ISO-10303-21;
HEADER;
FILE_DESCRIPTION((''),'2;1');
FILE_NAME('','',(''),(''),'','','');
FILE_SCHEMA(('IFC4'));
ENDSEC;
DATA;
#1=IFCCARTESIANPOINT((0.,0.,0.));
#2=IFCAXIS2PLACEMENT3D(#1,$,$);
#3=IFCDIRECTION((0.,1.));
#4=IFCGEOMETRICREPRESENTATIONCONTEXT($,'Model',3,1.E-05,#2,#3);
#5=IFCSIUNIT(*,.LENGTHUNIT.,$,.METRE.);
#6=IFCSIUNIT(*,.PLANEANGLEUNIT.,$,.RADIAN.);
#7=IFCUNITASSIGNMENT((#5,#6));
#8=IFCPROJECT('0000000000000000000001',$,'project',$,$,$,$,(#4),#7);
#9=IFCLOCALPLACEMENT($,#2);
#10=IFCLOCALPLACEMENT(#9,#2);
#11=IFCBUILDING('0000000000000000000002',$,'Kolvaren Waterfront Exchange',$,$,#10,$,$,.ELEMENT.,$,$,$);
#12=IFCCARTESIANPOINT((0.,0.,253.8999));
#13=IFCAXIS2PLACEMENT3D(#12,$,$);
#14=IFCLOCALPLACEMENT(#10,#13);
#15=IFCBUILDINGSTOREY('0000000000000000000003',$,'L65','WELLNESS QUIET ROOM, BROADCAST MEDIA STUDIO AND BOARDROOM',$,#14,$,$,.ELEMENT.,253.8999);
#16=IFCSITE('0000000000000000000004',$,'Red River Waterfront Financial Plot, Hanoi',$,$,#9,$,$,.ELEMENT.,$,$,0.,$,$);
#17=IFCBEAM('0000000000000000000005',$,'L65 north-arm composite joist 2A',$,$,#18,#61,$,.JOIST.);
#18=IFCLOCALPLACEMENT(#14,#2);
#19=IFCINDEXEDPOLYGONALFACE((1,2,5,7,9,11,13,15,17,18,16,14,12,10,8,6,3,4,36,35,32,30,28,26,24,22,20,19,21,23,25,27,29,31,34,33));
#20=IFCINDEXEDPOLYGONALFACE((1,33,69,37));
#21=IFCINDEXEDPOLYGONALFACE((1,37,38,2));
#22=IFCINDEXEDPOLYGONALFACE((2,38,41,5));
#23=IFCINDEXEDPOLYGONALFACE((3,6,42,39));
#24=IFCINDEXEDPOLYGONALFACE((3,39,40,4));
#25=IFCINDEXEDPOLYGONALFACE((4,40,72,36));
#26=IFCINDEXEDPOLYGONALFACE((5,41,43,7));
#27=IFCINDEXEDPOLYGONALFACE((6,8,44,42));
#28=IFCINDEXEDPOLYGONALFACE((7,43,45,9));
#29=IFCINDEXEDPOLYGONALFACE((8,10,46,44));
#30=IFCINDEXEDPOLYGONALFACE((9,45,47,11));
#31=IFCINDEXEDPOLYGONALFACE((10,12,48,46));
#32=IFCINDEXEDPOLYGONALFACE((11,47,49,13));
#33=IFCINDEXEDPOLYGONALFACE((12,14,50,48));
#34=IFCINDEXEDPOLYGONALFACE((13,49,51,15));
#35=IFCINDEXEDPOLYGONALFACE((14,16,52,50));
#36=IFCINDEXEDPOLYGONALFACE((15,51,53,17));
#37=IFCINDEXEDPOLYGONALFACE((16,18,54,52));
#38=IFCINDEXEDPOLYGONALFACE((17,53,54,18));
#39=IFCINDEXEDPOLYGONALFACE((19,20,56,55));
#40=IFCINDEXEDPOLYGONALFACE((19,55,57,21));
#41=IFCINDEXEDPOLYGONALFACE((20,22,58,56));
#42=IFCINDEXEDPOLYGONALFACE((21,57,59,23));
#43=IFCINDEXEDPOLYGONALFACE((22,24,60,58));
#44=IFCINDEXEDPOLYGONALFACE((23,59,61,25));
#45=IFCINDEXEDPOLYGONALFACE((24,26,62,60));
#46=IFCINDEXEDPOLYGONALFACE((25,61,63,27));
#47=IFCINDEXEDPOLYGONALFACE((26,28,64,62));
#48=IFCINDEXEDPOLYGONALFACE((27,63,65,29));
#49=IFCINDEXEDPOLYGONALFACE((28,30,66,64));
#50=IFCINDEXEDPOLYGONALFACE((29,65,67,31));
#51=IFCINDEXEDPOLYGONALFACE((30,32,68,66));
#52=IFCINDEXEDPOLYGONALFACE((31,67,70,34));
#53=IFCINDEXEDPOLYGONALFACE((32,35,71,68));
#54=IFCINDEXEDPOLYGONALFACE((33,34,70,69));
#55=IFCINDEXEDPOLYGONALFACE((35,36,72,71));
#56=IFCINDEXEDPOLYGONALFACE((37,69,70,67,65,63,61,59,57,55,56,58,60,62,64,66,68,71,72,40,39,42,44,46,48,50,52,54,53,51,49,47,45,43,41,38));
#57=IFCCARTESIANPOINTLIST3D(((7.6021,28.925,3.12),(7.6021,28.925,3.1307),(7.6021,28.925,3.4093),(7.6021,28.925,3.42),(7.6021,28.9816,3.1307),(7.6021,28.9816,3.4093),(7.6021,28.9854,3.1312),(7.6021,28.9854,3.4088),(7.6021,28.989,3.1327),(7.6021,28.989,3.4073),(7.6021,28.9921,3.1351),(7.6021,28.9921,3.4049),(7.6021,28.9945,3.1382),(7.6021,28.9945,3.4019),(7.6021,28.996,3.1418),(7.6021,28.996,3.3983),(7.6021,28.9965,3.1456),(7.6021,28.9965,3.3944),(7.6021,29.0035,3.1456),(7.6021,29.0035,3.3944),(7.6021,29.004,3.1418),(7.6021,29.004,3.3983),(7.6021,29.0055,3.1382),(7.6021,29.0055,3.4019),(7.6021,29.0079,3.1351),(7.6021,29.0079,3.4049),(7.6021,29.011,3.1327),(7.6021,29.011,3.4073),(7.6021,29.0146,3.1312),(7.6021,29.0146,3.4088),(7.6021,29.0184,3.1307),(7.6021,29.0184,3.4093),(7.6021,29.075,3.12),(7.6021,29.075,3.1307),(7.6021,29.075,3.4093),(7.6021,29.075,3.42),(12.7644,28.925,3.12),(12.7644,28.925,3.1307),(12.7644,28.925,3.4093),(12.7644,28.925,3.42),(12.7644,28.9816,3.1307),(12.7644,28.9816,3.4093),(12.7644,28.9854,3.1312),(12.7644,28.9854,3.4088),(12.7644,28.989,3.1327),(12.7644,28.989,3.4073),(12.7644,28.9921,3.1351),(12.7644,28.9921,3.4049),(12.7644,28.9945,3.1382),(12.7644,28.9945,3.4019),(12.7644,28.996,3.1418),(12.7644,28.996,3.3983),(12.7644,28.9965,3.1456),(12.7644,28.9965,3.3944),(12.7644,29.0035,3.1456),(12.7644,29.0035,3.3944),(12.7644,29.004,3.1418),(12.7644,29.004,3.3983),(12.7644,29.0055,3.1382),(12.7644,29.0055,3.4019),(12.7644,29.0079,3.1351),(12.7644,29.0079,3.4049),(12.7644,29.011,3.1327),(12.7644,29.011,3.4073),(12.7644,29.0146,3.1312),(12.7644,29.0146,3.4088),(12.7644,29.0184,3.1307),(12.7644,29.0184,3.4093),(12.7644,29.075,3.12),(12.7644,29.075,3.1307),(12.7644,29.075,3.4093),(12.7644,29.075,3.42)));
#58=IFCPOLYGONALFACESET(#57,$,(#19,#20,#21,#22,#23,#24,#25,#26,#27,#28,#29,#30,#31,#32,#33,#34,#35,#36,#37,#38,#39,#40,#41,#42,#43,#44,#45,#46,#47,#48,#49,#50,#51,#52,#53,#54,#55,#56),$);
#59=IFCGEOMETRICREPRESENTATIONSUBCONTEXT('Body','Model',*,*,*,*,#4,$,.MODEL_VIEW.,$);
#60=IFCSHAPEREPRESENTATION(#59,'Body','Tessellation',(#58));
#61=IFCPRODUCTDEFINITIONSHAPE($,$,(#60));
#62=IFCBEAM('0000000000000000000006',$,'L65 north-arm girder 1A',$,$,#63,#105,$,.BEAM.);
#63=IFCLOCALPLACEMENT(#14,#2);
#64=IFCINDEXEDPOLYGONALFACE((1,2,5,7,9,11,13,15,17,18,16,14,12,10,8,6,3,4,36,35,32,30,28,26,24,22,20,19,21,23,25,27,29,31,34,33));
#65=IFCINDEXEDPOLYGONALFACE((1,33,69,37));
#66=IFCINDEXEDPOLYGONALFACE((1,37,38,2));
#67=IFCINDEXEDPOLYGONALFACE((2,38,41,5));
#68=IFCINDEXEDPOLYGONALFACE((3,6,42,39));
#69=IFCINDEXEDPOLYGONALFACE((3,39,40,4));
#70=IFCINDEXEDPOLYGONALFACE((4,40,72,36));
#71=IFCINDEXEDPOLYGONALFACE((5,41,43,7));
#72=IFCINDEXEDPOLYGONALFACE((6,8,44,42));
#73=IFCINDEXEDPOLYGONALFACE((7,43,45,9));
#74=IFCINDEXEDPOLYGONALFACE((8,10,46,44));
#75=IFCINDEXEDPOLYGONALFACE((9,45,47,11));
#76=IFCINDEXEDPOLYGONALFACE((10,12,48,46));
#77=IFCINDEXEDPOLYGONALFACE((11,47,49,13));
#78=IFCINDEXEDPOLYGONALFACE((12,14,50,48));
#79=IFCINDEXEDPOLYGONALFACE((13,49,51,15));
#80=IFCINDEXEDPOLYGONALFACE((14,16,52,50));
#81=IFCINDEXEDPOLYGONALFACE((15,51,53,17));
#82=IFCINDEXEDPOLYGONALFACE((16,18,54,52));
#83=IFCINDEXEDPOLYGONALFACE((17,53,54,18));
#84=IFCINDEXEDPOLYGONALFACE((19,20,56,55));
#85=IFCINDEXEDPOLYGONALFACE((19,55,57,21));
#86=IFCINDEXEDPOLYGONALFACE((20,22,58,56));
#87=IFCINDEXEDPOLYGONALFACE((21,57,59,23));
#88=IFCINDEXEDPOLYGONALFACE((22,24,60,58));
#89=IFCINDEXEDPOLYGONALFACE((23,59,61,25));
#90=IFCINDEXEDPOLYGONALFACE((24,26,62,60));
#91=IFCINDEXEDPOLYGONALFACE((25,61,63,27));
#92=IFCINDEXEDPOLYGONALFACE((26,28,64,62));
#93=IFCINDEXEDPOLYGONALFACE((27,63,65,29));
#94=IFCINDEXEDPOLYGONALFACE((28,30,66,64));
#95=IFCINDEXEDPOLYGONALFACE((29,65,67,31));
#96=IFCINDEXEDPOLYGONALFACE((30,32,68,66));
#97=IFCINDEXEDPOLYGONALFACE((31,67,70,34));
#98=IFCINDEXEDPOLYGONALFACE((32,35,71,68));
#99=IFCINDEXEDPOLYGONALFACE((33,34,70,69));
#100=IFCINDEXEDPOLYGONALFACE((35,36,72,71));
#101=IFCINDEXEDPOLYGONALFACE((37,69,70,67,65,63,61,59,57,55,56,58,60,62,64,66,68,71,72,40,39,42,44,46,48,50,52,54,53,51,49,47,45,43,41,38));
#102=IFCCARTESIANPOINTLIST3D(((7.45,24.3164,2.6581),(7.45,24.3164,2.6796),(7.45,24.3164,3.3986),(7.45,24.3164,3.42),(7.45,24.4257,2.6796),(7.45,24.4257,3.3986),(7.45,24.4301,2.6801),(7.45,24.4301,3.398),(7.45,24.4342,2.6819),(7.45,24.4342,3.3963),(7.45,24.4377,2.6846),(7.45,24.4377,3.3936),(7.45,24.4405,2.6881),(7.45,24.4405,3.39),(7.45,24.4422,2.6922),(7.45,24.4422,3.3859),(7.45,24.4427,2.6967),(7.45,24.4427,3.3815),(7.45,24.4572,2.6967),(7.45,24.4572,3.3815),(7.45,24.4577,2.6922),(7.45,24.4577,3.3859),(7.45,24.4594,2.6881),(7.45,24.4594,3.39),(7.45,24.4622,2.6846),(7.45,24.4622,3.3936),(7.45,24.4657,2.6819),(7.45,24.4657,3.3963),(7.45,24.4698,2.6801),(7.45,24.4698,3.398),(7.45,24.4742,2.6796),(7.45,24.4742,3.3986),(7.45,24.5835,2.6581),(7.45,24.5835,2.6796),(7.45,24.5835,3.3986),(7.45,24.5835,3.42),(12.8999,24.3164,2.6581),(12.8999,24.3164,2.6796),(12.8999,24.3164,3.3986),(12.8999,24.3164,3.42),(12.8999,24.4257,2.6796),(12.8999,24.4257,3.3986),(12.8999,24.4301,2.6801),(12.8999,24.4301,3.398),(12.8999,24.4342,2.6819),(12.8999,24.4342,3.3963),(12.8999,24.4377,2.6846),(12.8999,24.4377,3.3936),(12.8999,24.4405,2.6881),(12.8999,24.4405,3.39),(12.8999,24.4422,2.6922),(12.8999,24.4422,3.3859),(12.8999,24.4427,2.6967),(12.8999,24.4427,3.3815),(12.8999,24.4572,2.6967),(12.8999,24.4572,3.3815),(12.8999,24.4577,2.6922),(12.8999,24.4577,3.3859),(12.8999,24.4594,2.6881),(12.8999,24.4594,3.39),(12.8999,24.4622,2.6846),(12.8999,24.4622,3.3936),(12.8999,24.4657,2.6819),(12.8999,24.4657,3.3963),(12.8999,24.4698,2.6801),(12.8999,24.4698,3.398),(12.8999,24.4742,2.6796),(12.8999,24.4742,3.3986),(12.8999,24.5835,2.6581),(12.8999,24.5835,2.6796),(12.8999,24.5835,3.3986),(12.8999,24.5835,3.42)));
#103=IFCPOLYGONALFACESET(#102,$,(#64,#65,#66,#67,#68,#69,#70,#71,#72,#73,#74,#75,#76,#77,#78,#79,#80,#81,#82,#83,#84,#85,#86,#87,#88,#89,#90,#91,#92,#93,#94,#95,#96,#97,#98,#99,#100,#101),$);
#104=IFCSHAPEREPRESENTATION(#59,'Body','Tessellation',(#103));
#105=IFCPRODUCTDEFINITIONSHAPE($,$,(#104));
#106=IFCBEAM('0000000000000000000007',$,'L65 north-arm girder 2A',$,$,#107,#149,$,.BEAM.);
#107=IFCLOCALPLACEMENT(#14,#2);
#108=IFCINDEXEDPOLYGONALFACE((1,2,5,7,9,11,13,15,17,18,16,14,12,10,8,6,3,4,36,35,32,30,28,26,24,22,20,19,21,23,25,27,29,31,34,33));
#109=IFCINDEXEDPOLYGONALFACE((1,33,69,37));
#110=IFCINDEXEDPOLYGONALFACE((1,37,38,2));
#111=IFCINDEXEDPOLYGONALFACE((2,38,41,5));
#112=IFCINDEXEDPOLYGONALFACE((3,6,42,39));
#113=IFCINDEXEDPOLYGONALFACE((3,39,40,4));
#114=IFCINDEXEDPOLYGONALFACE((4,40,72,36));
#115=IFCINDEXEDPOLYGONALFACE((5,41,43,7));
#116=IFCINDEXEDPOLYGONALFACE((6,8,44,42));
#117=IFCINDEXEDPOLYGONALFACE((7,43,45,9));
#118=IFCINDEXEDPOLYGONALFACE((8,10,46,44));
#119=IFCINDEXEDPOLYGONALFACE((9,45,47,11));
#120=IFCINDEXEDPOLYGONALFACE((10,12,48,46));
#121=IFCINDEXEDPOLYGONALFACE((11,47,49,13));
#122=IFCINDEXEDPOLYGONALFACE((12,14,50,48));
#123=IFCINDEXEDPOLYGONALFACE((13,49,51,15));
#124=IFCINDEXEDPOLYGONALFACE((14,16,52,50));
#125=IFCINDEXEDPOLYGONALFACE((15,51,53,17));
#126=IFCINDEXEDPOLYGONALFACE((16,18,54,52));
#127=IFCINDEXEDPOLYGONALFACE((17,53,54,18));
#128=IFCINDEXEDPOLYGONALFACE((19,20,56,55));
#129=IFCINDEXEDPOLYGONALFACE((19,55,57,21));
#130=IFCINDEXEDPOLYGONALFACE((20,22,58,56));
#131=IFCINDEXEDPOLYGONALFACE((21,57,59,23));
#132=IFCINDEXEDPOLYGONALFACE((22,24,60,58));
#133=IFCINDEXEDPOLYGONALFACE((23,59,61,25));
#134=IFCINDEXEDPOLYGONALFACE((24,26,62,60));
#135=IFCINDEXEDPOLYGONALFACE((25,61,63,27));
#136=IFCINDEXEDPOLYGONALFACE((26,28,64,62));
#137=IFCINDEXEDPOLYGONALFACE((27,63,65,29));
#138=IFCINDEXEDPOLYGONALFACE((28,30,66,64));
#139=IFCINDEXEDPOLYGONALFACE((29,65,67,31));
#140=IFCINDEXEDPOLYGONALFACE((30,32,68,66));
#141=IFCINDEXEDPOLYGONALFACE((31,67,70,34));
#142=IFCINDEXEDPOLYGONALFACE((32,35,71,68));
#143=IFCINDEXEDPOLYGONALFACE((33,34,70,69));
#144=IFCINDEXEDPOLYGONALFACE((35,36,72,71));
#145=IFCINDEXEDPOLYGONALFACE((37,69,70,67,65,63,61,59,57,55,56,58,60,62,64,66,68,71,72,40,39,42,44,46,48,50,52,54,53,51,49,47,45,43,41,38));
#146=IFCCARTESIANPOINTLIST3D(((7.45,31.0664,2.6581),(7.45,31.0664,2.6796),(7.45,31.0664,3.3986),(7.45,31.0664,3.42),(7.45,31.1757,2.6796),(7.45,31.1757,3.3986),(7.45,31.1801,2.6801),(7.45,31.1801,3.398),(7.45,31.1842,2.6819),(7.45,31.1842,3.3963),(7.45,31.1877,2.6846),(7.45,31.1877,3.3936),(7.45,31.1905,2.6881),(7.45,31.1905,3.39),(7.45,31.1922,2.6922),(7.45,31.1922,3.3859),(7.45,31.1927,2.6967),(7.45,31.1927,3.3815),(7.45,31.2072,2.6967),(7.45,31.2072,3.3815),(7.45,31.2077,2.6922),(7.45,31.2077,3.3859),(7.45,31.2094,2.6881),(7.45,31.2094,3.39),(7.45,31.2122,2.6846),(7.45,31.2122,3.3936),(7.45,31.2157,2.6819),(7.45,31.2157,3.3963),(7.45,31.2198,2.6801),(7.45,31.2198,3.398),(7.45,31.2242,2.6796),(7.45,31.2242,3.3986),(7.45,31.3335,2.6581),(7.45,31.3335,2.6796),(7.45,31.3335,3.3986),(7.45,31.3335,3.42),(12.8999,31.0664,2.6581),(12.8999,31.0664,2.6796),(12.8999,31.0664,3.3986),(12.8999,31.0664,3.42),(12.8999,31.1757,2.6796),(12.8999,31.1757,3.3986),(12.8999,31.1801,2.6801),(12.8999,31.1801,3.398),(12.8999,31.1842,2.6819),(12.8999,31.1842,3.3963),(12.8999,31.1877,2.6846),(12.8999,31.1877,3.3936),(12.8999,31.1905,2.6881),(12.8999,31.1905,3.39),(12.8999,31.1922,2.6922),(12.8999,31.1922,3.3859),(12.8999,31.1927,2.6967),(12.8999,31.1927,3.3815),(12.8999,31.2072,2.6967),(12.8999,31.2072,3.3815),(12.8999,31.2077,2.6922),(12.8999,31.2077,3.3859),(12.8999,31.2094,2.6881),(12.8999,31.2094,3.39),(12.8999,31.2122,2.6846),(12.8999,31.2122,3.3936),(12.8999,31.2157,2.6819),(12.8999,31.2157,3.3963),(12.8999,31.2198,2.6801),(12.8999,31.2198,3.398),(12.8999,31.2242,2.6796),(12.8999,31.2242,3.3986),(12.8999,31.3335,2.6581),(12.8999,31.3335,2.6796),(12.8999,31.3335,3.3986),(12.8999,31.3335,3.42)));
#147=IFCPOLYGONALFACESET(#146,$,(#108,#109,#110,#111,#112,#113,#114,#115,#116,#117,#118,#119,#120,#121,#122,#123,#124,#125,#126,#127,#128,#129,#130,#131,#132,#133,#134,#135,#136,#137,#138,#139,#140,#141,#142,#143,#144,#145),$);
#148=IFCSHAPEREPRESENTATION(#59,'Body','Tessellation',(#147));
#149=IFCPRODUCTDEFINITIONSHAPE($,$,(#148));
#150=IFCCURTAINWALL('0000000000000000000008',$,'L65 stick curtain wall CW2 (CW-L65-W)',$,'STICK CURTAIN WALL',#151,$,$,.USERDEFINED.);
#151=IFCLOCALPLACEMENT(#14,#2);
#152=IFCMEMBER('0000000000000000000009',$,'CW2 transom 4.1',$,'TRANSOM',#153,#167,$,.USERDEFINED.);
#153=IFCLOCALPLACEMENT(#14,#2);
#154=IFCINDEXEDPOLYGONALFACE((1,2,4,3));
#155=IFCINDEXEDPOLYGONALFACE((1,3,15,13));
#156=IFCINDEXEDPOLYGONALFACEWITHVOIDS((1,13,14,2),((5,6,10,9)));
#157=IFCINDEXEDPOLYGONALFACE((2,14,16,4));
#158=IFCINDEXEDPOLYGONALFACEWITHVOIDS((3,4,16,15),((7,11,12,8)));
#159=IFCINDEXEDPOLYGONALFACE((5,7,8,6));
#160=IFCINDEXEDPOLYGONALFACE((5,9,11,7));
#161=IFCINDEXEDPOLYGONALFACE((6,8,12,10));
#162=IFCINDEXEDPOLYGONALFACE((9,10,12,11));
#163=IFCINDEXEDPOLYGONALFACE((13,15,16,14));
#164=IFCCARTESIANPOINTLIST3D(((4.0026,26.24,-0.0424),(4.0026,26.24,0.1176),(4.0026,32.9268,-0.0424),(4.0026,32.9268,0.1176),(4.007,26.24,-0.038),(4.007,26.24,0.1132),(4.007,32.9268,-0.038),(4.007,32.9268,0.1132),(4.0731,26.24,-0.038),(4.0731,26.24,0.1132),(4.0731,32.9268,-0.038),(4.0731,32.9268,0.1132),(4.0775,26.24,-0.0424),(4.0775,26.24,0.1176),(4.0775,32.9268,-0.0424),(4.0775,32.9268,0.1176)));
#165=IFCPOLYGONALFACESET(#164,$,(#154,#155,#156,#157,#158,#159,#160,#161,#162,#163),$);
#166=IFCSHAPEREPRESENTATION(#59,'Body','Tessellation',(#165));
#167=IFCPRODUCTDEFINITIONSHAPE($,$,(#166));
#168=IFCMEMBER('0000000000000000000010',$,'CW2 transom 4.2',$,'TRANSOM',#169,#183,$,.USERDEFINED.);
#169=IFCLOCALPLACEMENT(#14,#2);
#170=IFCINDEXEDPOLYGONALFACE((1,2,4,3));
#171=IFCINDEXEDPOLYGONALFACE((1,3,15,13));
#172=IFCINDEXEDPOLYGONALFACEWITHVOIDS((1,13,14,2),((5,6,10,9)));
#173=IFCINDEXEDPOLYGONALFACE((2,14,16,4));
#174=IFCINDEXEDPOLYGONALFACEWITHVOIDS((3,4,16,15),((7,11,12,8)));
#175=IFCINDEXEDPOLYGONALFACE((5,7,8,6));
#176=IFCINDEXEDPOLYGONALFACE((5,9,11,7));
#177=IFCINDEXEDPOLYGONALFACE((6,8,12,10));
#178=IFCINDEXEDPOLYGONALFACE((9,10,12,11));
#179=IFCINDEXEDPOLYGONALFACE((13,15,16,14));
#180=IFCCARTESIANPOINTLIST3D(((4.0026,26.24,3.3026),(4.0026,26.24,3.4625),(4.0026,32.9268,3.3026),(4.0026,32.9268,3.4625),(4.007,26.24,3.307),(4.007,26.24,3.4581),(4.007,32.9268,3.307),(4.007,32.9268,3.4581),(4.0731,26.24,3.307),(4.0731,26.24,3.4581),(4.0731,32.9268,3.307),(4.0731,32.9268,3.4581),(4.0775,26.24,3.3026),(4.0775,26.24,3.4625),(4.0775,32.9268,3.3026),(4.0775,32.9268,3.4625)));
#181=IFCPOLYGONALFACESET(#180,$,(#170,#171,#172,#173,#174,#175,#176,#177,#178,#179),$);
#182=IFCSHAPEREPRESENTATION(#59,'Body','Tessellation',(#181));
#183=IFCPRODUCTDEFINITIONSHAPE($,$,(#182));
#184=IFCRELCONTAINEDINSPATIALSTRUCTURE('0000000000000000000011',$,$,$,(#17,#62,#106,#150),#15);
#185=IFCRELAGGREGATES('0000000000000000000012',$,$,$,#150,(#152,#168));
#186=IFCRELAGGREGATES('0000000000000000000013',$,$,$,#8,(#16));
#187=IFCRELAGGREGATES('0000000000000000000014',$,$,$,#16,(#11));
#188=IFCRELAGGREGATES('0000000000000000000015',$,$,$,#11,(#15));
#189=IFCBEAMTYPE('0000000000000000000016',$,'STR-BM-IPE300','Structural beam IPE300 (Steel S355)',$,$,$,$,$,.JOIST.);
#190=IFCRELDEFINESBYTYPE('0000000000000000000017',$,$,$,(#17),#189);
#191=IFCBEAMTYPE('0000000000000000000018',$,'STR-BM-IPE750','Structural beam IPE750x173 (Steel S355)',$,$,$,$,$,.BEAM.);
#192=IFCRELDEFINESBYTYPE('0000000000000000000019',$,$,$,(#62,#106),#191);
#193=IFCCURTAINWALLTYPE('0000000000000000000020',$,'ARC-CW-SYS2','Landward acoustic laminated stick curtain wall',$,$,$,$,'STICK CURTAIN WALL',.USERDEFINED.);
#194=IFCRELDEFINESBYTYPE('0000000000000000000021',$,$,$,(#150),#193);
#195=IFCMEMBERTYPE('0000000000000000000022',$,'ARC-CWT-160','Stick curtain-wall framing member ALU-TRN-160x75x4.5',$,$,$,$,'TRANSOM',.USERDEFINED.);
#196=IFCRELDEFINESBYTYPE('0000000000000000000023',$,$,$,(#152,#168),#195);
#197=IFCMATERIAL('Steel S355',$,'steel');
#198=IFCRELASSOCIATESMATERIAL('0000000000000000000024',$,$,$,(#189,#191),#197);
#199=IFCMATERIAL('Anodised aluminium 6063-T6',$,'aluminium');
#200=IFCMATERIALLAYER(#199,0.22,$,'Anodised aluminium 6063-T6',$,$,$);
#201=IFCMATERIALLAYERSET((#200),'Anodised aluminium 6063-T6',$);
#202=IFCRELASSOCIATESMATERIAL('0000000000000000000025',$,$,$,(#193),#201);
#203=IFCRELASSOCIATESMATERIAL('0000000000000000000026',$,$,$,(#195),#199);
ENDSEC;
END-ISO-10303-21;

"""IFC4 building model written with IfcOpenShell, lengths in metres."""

from ifc_helpers import new_model, si_unit, direction, frame, origin, origin_with_axes, origin_2d, place, context, subcontext, project, spatial, hollow_rectangle, i_section, extrude, source, transform, mapped, material, layer, layer_set, material_profile, profile_set, type_object, element, aggregate, save


model = new_model("IFC4")

# Units and contexts
model_context = context("Model", 3, precision=1e-05, world=origin(), true_north=direction((0.0, 1.0)))
body_context = subcontext(model_context, "Body", "Model", "MODEL_VIEW")
ifc_project = project(units=[si_unit("LENGTHUNIT", "METRE"), si_unit("PLANEANGLEUNIT", "RADIAN")], contexts=[model_context])

# Site, building, storey
site_placement = place(None, origin())
site = spatial("IfcSite", under=ifc_project, at=site_placement, Name="Red River Waterfront Financial Plot, Hanoi", CompositionType="ELEMENT", RefElevation=0.0)
building_placement = place(site_placement, origin())
building = spatial("IfcBuilding", under=site, at=building_placement, Name="Kolvaren Waterfront Exchange", CompositionType="ELEMENT")
storey_placement = place(building_placement, frame((0.0, 0.0, 253.8999)))
storey = spatial("IfcBuildingStorey", under=building, at=storey_placement, Name="L65", Description="WELLNESS QUIET ROOM, BROADCAST MEDIA STUDIO AND BOARDROOM", CompositionType="ELEMENT", Elevation=253.8999)

# Beams
ifc_material_1 = material(Name="Steel S355", Category="steel")
ifc_material_profile_1 = material_profile(ifc_material_1, i_section(OverallWidth=0.1499, OverallDepth=0.3, WebThickness=0.0071, FlangeThickness=0.0107, FilletRadius=0.0149, at=origin_2d()), Name="IPE300")
ifc_profile_set_1 = profile_set([ifc_material_profile_1], Name="Steel S355")
beam_type_1 = type_object("IfcBeamType", Name="STR-BM-IPE300", Description="Structural beam IPE300 (Steel S355)", PredefinedType="JOIST", material=ifc_profile_set_1)
for number, where, z_axis, x_axis, name in (
    (1, (7.6021, 29.0, 3.27), (1.0, 0.0, 0.0), (0.0, 1.0, 0.0), "L65 north-arm composite joist 2A"),
):
    element("IfcBeam", number, at=place(storey_placement, frame(where, z_axis=z_axis, x_axis=x_axis)), inside=storey, type_object=beam_type_1, Name=name, PredefinedType="JOIST", context=body_context, shape_type="SweptSolid", body=[
        extrude(i_section(OverallWidth=0.1499, OverallDepth=0.3, WebThickness=0.0071, FlangeThickness=0.0107, FilletRadius=0.0149, at=origin_2d()), origin(), (0.0, 0.0, 1.0), 5.1624),
    ])
ifc_material_profile_2 = material_profile(ifc_material_1, i_section(OverallWidth=0.2671, OverallDepth=0.762, WebThickness=0.0144, FlangeThickness=0.0215, FilletRadius=0.0171, at=origin_2d()), Name="IPE750x173")
ifc_profile_set_2 = profile_set([ifc_material_profile_2], Name="Steel S355")
beam_type_2 = type_object("IfcBeamType", Name="STR-BM-IPE750", Description="Structural beam IPE750x173 (Steel S355)", PredefinedType="BEAM", material=ifc_profile_set_2)
for number, where, z_axis, x_axis, name in (
    (2, (7.45, 24.45, 3.0391), (1.0, 0.0, 0.0), (0.0, 1.0, 0.0), "L65 north-arm girder 1A"),
    (3, (7.45, 31.2, 3.0391), (1.0, 0.0, 0.0), (0.0, 1.0, 0.0), "L65 north-arm girder 2A"),
):
    element("IfcBeam", number, at=place(storey_placement, frame(where, z_axis=z_axis, x_axis=x_axis)), inside=storey, type_object=beam_type_2, Name=name, PredefinedType="BEAM", context=body_context, shape_type="SweptSolid", body=[
        extrude(i_section(OverallWidth=0.2671, OverallDepth=0.762, WebThickness=0.0144, FlangeThickness=0.0215, FilletRadius=0.0171, at=origin_2d()), origin(), (0.0, 0.0, 1.0), 5.45),
    ])

# Curtain wall, members
ifc_material_2 = material(Name="Anodised aluminium 6063-T6", Category="aluminium")
ifc_layer_1 = layer(ifc_material_2, 0.22, Name="Anodised aluminium 6063-T6")
ifc_layer_set_1 = layer_set([ifc_layer_1], Name="Anodised aluminium 6063-T6")
curtain_wall_type = type_object("IfcCurtainWallType", Name="ARC-CW-SYS2", Description="Landward acoustic laminated stick curtain wall", ElementType="STICK CURTAIN WALL", PredefinedType="USERDEFINED", material=ifc_layer_set_1)
curtain_wall_placement = place(storey_placement, origin())
curtain_wall = element("IfcCurtainWall", 4, at=curtain_wall_placement, inside=storey, type_object=curtain_wall_type, Name="L65 stick curtain wall CW2 (CW-L65-W)", ObjectType="STICK CURTAIN WALL", PredefinedType="USERDEFINED")
ifc_material_profile_3 = material_profile(ifc_material_2, hollow_rectangle(XDim=0.075, YDim=0.1599, WallThickness=0.0044, at=origin_2d()), Name="ALU-TRN-160x75x4.5")
ifc_profile_set_3 = profile_set([ifc_material_profile_3], Name="Anodised aluminium 6063-T6")
member_type_1 = type_object("IfcMemberType", Name="ARC-CWT-160", Description="Stick curtain-wall framing member ALU-TRN-160x75x4.5", ElementType="TRANSOM", PredefinedType="USERDEFINED", material=ifc_profile_set_3)
shared_shape_1 = source(origin_with_axes(), body_context, "Body", "SweptSolid", [
    extrude(hollow_rectangle(XDim=0.075, YDim=0.1599, WallThickness=0.0044, at=origin_2d()), origin(), (0.0, 0.0, 1.0), 6.6868),
])
member_1_placement = place(storey_placement, frame((4.04, 26.24, 0.0376), z_axis=(0.0, 1.0, 0.0), x_axis=(-1.0, 0.0, 0.0)))
member_1 = element("IfcMember", 5, at=member_1_placement, type_object=member_type_1, Name="CW2 transom 4.1", ObjectType="TRANSOM", PredefinedType="USERDEFINED", context=body_context, shape_type="MappedRepresentation", body=[
    mapped(shared_shape_1, transform((0.0, 0.0, 0.0), x_axis=(1.0, 0.0, 0.0), y_axis=(0.0, 1.0, 0.0), z_axis=(0.0, 0.0, 1.0), scale=1.0)),
])
member_2_placement = place(storey_placement, frame((4.04, 26.24, 3.3826), z_axis=(0.0, 1.0, 0.0), x_axis=(-1.0, 0.0, 0.0)))
member_2 = element("IfcMember", 6, at=member_2_placement, type_object=member_type_1, Name="CW2 transom 4.2", ObjectType="TRANSOM", PredefinedType="USERDEFINED", context=body_context, shape_type="MappedRepresentation", body=[
    mapped(shared_shape_1, transform((0.0, 0.0, 0.0), x_axis=(1.0, 0.0, 0.0), y_axis=(0.0, 1.0, 0.0), z_axis=(0.0, 0.0, 1.0), scale=1.0)),
])
aggregate(curtain_wall, [member_1, member_2])

save(model, "model.ifc")
